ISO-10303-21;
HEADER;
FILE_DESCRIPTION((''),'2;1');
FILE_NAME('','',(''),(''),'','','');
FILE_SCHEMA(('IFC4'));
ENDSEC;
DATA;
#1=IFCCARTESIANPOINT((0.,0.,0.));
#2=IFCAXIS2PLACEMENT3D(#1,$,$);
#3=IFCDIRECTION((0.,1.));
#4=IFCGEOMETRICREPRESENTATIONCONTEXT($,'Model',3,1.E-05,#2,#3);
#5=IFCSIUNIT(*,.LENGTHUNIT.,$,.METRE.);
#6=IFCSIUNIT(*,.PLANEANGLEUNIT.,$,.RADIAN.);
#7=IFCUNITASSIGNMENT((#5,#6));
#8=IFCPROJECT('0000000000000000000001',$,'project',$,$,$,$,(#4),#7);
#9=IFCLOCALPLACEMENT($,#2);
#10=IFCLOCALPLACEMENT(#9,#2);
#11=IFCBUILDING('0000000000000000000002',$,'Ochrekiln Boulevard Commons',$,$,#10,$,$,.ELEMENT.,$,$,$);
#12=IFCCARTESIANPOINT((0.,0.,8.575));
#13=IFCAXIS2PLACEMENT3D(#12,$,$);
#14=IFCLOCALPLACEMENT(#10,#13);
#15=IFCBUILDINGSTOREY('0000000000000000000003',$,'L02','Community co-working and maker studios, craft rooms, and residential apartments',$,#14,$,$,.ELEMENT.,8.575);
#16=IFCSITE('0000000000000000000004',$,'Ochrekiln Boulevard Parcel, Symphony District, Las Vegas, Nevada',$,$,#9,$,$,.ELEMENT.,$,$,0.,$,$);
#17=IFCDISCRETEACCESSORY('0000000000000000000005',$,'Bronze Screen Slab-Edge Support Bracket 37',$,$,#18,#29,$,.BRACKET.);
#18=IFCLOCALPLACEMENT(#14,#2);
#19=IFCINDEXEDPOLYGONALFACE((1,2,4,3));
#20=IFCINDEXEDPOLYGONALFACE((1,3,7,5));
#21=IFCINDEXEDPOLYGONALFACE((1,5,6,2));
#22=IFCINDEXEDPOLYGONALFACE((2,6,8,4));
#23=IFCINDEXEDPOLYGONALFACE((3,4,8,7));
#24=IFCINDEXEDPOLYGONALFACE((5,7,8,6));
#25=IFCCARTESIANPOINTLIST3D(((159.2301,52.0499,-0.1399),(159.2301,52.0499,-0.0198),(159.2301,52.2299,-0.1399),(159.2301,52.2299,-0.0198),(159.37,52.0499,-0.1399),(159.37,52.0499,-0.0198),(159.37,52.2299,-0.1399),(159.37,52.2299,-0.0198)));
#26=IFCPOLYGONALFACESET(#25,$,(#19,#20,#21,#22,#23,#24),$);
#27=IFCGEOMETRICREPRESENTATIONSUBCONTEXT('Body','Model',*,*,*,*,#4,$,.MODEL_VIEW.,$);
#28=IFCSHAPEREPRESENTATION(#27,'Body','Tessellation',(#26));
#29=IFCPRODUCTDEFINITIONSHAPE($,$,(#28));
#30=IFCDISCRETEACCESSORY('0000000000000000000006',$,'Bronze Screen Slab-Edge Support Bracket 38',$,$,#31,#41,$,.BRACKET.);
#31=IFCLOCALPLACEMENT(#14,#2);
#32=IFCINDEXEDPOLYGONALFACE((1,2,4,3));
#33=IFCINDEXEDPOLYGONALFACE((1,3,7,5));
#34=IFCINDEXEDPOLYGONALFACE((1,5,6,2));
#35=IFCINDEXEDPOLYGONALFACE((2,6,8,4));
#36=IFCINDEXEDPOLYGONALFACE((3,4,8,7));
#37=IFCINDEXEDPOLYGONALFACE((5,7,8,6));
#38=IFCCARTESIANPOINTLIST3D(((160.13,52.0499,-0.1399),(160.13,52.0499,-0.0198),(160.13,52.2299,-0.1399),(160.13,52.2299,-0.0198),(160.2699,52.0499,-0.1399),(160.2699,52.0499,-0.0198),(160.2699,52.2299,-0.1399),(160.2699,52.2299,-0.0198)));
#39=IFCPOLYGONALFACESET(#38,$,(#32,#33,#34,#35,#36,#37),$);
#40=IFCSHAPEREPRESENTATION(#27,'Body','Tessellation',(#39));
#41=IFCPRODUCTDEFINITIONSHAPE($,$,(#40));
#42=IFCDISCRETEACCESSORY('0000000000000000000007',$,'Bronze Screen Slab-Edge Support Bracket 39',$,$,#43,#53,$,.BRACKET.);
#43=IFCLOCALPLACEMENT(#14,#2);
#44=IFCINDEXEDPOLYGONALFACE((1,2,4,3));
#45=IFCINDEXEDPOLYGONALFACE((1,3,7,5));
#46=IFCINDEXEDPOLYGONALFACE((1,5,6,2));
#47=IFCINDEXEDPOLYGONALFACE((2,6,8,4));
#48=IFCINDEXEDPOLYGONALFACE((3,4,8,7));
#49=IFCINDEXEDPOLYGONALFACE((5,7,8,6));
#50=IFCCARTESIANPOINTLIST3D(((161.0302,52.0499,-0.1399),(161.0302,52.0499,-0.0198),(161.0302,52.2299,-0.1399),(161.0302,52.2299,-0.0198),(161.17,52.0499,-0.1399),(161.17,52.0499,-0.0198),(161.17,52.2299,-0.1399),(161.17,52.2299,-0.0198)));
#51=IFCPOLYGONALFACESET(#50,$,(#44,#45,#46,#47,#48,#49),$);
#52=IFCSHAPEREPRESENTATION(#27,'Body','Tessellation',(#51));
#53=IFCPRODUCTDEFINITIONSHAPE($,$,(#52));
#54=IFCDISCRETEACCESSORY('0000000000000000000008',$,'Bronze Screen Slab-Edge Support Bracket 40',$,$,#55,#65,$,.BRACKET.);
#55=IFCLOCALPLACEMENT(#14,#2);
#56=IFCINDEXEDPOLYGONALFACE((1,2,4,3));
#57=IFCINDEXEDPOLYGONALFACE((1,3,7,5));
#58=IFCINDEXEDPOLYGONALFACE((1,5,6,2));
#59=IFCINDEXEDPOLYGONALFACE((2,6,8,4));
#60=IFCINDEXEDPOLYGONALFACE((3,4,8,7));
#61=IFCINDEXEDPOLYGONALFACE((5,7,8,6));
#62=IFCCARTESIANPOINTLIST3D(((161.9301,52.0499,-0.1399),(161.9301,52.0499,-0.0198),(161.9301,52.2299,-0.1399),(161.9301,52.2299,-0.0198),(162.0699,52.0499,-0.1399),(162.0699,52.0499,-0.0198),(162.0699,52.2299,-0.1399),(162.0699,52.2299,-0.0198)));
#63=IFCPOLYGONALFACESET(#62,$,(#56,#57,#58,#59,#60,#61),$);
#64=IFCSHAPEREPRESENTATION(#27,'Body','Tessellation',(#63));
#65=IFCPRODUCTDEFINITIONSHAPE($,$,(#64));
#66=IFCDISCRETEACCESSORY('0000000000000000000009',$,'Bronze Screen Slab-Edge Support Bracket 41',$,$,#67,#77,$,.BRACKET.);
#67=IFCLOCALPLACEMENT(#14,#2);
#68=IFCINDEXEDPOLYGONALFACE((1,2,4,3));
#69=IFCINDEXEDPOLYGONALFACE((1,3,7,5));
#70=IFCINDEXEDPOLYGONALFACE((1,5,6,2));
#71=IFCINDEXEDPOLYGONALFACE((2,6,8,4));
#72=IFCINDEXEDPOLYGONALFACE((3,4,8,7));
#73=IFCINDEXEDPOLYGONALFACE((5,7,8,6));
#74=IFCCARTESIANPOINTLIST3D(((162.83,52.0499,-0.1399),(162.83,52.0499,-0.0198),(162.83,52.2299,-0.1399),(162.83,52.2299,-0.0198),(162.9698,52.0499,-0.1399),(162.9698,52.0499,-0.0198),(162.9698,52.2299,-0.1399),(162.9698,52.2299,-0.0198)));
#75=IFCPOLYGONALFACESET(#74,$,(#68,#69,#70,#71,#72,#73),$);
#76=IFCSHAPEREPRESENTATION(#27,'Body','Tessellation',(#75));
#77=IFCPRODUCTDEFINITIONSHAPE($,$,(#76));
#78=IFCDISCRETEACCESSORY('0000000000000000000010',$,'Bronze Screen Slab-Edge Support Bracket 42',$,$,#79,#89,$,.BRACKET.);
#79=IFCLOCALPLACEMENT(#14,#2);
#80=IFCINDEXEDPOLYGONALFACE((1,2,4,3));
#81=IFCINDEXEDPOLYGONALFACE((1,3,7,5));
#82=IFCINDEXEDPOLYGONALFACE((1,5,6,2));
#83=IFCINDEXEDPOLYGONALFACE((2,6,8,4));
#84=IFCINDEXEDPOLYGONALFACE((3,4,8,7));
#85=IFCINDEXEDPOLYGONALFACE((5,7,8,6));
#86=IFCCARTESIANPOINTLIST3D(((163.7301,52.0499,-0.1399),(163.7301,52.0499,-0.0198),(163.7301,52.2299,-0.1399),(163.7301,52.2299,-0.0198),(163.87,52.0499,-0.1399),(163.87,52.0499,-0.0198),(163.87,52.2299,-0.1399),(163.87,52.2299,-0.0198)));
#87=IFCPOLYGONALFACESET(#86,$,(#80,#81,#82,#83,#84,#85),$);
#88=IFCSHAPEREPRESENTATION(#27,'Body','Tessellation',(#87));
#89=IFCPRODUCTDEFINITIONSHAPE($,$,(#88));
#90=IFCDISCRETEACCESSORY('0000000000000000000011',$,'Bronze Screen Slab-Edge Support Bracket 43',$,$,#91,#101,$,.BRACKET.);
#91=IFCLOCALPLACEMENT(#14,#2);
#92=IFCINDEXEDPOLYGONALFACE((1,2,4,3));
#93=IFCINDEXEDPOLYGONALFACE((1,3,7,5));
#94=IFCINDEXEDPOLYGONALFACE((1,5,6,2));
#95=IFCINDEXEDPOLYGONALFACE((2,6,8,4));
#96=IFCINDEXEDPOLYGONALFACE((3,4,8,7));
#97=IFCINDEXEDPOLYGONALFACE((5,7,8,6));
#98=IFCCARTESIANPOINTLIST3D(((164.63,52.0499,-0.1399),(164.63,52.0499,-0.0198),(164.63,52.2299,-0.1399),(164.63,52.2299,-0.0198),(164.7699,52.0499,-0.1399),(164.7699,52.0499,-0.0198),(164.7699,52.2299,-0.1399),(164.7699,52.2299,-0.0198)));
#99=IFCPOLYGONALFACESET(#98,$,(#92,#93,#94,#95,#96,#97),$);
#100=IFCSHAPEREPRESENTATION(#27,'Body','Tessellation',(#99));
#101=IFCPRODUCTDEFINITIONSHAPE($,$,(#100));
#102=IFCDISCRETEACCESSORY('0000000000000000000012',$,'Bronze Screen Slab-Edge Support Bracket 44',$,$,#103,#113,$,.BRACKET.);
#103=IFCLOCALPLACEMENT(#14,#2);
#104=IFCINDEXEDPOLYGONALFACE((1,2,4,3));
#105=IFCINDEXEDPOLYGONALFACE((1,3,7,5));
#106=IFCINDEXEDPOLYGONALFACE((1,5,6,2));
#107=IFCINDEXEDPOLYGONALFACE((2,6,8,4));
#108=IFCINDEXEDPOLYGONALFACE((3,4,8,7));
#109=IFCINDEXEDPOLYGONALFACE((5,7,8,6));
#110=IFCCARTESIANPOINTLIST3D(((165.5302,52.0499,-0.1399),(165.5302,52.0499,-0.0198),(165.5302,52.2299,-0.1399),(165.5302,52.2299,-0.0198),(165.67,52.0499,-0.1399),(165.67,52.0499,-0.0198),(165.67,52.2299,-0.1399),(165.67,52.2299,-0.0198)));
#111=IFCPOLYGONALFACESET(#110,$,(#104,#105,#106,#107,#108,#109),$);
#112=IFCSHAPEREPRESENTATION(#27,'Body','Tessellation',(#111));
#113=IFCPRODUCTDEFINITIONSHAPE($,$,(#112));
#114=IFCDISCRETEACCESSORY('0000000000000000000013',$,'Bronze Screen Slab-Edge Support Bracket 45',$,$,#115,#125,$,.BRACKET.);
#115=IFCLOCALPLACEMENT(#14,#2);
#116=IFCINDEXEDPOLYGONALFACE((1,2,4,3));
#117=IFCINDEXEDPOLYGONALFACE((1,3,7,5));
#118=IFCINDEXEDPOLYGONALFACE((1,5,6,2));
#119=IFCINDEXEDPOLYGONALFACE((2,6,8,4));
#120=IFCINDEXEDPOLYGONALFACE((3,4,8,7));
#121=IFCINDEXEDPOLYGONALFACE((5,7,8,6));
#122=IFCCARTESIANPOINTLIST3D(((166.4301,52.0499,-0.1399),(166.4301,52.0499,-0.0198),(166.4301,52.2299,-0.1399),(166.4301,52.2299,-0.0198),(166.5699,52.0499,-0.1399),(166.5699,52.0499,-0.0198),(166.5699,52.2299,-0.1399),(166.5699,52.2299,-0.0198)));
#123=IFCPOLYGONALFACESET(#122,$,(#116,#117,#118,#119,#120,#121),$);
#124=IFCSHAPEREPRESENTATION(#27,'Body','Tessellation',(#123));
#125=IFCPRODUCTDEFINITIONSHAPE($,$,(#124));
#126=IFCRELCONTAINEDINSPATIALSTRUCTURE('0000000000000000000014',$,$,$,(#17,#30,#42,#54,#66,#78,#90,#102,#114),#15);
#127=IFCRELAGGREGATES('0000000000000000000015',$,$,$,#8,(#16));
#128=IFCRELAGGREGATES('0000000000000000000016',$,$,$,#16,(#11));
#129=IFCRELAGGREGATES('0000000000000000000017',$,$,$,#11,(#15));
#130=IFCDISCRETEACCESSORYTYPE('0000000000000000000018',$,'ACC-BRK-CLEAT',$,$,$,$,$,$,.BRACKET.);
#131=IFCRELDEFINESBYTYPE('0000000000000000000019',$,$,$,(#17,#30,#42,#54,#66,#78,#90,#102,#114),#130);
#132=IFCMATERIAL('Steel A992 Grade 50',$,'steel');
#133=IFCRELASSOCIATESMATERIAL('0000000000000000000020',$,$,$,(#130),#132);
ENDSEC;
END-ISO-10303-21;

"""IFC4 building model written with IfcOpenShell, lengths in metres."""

from ifc_helpers import new_model, si_unit, direction, frame, origin, origin_2d, place, context, subcontext, project, spatial, rectangle, extrude, material, type_object, element, save


model = new_model("IFC4")

# Units and contexts
model_context = context("Model", 3, precision=1e-05, world=origin(), true_north=direction((0.0, 1.0)))
body_context = subcontext(model_context, "Body", "Model", "MODEL_VIEW")
ifc_project = project(units=[si_unit("LENGTHUNIT", "METRE"), si_unit("PLANEANGLEUNIT", "RADIAN")], contexts=[model_context])

# Site, building, storey
site_placement = place(None, origin())
site = spatial("IfcSite", under=ifc_project, at=site_placement, Name="Ochrekiln Boulevard Parcel, Symphony District, Las Vegas, Nevada", CompositionType="ELEMENT", RefElevation=0.0)
building_placement = place(site_placement, origin())
building = spatial("IfcBuilding", under=site, at=building_placement, Name="Ochrekiln Boulevard Commons", CompositionType="ELEMENT")
storey_placement = place(building_placement, frame((0.0, 0.0, 8.575)))
storey = spatial("IfcBuildingStorey", under=building, at=storey_placement, Name="L02", Description="Community co-working and maker studios, craft rooms, and residential apartments", CompositionType="ELEMENT", Elevation=8.575)

# Discrete accessories
ifc_material_1 = material(Name="Steel A992 Grade 50", Category="steel")
discrete_accessory_type = type_object("IfcDiscreteAccessoryType", Name="ACC-BRK-CLEAT", PredefinedType="BRACKET", material=ifc_material_1)
for number, where, z_axis, x_axis, name in (
    (1, (159.3, 52.1399, -0.1399), (0.0, 0.0, 1.0), (1.0, 0.0, 0.0), "Bronze Screen Slab-Edge Support Bracket 37"),
    (2, (160.2, 52.1399, -0.1399), (0.0, 0.0, 1.0), (1.0, 0.0, 0.0), "Bronze Screen Slab-Edge Support Bracket 38"),
    (3, (161.1001, 52.1399, -0.1399), (0.0, 0.0, 1.0), (1.0, 0.0, 0.0), "Bronze Screen Slab-Edge Support Bracket 39"),
    (4, (162.0, 52.1399, -0.1399), (0.0, 0.0, 1.0), (1.0, 0.0, 0.0), "Bronze Screen Slab-Edge Support Bracket 40"),
    (5, (162.8999, 52.1399, -0.1399), (0.0, 0.0, 1.0), (1.0, 0.0, 0.0), "Bronze Screen Slab-Edge Support Bracket 41"),
    (6, (163.8, 52.1399, -0.1399), (0.0, 0.0, 1.0), (1.0, 0.0, 0.0), "Bronze Screen Slab-Edge Support Bracket 42"),
    (7, (164.7, 52.1399, -0.1399), (0.0, 0.0, 1.0), (1.0, 0.0, 0.0), "Bronze Screen Slab-Edge Support Bracket 43"),
    (8, (165.6001, 52.1399, -0.1399), (0.0, 0.0, 1.0), (1.0, 0.0, 0.0), "Bronze Screen Slab-Edge Support Bracket 44"),
    (9, (166.5, 52.1399, -0.1399), (0.0, 0.0, 1.0), (1.0, 0.0, 0.0), "Bronze Screen Slab-Edge Support Bracket 45"),
):
    element("IfcDiscreteAccessory", number, at=place(storey_placement, frame(where, z_axis=z_axis, x_axis=x_axis)), inside=storey, type_object=discrete_accessory_type, Name=name, PredefinedType="BRACKET", context=body_context, shape_type="SweptSolid", body=[
        extrude(rectangle(XDim=0.1399, YDim=0.1799, at=origin_2d()), origin(), (0.0, 0.0, 1.0), 0.1201),
    ])

save(model, "model.ifc")
